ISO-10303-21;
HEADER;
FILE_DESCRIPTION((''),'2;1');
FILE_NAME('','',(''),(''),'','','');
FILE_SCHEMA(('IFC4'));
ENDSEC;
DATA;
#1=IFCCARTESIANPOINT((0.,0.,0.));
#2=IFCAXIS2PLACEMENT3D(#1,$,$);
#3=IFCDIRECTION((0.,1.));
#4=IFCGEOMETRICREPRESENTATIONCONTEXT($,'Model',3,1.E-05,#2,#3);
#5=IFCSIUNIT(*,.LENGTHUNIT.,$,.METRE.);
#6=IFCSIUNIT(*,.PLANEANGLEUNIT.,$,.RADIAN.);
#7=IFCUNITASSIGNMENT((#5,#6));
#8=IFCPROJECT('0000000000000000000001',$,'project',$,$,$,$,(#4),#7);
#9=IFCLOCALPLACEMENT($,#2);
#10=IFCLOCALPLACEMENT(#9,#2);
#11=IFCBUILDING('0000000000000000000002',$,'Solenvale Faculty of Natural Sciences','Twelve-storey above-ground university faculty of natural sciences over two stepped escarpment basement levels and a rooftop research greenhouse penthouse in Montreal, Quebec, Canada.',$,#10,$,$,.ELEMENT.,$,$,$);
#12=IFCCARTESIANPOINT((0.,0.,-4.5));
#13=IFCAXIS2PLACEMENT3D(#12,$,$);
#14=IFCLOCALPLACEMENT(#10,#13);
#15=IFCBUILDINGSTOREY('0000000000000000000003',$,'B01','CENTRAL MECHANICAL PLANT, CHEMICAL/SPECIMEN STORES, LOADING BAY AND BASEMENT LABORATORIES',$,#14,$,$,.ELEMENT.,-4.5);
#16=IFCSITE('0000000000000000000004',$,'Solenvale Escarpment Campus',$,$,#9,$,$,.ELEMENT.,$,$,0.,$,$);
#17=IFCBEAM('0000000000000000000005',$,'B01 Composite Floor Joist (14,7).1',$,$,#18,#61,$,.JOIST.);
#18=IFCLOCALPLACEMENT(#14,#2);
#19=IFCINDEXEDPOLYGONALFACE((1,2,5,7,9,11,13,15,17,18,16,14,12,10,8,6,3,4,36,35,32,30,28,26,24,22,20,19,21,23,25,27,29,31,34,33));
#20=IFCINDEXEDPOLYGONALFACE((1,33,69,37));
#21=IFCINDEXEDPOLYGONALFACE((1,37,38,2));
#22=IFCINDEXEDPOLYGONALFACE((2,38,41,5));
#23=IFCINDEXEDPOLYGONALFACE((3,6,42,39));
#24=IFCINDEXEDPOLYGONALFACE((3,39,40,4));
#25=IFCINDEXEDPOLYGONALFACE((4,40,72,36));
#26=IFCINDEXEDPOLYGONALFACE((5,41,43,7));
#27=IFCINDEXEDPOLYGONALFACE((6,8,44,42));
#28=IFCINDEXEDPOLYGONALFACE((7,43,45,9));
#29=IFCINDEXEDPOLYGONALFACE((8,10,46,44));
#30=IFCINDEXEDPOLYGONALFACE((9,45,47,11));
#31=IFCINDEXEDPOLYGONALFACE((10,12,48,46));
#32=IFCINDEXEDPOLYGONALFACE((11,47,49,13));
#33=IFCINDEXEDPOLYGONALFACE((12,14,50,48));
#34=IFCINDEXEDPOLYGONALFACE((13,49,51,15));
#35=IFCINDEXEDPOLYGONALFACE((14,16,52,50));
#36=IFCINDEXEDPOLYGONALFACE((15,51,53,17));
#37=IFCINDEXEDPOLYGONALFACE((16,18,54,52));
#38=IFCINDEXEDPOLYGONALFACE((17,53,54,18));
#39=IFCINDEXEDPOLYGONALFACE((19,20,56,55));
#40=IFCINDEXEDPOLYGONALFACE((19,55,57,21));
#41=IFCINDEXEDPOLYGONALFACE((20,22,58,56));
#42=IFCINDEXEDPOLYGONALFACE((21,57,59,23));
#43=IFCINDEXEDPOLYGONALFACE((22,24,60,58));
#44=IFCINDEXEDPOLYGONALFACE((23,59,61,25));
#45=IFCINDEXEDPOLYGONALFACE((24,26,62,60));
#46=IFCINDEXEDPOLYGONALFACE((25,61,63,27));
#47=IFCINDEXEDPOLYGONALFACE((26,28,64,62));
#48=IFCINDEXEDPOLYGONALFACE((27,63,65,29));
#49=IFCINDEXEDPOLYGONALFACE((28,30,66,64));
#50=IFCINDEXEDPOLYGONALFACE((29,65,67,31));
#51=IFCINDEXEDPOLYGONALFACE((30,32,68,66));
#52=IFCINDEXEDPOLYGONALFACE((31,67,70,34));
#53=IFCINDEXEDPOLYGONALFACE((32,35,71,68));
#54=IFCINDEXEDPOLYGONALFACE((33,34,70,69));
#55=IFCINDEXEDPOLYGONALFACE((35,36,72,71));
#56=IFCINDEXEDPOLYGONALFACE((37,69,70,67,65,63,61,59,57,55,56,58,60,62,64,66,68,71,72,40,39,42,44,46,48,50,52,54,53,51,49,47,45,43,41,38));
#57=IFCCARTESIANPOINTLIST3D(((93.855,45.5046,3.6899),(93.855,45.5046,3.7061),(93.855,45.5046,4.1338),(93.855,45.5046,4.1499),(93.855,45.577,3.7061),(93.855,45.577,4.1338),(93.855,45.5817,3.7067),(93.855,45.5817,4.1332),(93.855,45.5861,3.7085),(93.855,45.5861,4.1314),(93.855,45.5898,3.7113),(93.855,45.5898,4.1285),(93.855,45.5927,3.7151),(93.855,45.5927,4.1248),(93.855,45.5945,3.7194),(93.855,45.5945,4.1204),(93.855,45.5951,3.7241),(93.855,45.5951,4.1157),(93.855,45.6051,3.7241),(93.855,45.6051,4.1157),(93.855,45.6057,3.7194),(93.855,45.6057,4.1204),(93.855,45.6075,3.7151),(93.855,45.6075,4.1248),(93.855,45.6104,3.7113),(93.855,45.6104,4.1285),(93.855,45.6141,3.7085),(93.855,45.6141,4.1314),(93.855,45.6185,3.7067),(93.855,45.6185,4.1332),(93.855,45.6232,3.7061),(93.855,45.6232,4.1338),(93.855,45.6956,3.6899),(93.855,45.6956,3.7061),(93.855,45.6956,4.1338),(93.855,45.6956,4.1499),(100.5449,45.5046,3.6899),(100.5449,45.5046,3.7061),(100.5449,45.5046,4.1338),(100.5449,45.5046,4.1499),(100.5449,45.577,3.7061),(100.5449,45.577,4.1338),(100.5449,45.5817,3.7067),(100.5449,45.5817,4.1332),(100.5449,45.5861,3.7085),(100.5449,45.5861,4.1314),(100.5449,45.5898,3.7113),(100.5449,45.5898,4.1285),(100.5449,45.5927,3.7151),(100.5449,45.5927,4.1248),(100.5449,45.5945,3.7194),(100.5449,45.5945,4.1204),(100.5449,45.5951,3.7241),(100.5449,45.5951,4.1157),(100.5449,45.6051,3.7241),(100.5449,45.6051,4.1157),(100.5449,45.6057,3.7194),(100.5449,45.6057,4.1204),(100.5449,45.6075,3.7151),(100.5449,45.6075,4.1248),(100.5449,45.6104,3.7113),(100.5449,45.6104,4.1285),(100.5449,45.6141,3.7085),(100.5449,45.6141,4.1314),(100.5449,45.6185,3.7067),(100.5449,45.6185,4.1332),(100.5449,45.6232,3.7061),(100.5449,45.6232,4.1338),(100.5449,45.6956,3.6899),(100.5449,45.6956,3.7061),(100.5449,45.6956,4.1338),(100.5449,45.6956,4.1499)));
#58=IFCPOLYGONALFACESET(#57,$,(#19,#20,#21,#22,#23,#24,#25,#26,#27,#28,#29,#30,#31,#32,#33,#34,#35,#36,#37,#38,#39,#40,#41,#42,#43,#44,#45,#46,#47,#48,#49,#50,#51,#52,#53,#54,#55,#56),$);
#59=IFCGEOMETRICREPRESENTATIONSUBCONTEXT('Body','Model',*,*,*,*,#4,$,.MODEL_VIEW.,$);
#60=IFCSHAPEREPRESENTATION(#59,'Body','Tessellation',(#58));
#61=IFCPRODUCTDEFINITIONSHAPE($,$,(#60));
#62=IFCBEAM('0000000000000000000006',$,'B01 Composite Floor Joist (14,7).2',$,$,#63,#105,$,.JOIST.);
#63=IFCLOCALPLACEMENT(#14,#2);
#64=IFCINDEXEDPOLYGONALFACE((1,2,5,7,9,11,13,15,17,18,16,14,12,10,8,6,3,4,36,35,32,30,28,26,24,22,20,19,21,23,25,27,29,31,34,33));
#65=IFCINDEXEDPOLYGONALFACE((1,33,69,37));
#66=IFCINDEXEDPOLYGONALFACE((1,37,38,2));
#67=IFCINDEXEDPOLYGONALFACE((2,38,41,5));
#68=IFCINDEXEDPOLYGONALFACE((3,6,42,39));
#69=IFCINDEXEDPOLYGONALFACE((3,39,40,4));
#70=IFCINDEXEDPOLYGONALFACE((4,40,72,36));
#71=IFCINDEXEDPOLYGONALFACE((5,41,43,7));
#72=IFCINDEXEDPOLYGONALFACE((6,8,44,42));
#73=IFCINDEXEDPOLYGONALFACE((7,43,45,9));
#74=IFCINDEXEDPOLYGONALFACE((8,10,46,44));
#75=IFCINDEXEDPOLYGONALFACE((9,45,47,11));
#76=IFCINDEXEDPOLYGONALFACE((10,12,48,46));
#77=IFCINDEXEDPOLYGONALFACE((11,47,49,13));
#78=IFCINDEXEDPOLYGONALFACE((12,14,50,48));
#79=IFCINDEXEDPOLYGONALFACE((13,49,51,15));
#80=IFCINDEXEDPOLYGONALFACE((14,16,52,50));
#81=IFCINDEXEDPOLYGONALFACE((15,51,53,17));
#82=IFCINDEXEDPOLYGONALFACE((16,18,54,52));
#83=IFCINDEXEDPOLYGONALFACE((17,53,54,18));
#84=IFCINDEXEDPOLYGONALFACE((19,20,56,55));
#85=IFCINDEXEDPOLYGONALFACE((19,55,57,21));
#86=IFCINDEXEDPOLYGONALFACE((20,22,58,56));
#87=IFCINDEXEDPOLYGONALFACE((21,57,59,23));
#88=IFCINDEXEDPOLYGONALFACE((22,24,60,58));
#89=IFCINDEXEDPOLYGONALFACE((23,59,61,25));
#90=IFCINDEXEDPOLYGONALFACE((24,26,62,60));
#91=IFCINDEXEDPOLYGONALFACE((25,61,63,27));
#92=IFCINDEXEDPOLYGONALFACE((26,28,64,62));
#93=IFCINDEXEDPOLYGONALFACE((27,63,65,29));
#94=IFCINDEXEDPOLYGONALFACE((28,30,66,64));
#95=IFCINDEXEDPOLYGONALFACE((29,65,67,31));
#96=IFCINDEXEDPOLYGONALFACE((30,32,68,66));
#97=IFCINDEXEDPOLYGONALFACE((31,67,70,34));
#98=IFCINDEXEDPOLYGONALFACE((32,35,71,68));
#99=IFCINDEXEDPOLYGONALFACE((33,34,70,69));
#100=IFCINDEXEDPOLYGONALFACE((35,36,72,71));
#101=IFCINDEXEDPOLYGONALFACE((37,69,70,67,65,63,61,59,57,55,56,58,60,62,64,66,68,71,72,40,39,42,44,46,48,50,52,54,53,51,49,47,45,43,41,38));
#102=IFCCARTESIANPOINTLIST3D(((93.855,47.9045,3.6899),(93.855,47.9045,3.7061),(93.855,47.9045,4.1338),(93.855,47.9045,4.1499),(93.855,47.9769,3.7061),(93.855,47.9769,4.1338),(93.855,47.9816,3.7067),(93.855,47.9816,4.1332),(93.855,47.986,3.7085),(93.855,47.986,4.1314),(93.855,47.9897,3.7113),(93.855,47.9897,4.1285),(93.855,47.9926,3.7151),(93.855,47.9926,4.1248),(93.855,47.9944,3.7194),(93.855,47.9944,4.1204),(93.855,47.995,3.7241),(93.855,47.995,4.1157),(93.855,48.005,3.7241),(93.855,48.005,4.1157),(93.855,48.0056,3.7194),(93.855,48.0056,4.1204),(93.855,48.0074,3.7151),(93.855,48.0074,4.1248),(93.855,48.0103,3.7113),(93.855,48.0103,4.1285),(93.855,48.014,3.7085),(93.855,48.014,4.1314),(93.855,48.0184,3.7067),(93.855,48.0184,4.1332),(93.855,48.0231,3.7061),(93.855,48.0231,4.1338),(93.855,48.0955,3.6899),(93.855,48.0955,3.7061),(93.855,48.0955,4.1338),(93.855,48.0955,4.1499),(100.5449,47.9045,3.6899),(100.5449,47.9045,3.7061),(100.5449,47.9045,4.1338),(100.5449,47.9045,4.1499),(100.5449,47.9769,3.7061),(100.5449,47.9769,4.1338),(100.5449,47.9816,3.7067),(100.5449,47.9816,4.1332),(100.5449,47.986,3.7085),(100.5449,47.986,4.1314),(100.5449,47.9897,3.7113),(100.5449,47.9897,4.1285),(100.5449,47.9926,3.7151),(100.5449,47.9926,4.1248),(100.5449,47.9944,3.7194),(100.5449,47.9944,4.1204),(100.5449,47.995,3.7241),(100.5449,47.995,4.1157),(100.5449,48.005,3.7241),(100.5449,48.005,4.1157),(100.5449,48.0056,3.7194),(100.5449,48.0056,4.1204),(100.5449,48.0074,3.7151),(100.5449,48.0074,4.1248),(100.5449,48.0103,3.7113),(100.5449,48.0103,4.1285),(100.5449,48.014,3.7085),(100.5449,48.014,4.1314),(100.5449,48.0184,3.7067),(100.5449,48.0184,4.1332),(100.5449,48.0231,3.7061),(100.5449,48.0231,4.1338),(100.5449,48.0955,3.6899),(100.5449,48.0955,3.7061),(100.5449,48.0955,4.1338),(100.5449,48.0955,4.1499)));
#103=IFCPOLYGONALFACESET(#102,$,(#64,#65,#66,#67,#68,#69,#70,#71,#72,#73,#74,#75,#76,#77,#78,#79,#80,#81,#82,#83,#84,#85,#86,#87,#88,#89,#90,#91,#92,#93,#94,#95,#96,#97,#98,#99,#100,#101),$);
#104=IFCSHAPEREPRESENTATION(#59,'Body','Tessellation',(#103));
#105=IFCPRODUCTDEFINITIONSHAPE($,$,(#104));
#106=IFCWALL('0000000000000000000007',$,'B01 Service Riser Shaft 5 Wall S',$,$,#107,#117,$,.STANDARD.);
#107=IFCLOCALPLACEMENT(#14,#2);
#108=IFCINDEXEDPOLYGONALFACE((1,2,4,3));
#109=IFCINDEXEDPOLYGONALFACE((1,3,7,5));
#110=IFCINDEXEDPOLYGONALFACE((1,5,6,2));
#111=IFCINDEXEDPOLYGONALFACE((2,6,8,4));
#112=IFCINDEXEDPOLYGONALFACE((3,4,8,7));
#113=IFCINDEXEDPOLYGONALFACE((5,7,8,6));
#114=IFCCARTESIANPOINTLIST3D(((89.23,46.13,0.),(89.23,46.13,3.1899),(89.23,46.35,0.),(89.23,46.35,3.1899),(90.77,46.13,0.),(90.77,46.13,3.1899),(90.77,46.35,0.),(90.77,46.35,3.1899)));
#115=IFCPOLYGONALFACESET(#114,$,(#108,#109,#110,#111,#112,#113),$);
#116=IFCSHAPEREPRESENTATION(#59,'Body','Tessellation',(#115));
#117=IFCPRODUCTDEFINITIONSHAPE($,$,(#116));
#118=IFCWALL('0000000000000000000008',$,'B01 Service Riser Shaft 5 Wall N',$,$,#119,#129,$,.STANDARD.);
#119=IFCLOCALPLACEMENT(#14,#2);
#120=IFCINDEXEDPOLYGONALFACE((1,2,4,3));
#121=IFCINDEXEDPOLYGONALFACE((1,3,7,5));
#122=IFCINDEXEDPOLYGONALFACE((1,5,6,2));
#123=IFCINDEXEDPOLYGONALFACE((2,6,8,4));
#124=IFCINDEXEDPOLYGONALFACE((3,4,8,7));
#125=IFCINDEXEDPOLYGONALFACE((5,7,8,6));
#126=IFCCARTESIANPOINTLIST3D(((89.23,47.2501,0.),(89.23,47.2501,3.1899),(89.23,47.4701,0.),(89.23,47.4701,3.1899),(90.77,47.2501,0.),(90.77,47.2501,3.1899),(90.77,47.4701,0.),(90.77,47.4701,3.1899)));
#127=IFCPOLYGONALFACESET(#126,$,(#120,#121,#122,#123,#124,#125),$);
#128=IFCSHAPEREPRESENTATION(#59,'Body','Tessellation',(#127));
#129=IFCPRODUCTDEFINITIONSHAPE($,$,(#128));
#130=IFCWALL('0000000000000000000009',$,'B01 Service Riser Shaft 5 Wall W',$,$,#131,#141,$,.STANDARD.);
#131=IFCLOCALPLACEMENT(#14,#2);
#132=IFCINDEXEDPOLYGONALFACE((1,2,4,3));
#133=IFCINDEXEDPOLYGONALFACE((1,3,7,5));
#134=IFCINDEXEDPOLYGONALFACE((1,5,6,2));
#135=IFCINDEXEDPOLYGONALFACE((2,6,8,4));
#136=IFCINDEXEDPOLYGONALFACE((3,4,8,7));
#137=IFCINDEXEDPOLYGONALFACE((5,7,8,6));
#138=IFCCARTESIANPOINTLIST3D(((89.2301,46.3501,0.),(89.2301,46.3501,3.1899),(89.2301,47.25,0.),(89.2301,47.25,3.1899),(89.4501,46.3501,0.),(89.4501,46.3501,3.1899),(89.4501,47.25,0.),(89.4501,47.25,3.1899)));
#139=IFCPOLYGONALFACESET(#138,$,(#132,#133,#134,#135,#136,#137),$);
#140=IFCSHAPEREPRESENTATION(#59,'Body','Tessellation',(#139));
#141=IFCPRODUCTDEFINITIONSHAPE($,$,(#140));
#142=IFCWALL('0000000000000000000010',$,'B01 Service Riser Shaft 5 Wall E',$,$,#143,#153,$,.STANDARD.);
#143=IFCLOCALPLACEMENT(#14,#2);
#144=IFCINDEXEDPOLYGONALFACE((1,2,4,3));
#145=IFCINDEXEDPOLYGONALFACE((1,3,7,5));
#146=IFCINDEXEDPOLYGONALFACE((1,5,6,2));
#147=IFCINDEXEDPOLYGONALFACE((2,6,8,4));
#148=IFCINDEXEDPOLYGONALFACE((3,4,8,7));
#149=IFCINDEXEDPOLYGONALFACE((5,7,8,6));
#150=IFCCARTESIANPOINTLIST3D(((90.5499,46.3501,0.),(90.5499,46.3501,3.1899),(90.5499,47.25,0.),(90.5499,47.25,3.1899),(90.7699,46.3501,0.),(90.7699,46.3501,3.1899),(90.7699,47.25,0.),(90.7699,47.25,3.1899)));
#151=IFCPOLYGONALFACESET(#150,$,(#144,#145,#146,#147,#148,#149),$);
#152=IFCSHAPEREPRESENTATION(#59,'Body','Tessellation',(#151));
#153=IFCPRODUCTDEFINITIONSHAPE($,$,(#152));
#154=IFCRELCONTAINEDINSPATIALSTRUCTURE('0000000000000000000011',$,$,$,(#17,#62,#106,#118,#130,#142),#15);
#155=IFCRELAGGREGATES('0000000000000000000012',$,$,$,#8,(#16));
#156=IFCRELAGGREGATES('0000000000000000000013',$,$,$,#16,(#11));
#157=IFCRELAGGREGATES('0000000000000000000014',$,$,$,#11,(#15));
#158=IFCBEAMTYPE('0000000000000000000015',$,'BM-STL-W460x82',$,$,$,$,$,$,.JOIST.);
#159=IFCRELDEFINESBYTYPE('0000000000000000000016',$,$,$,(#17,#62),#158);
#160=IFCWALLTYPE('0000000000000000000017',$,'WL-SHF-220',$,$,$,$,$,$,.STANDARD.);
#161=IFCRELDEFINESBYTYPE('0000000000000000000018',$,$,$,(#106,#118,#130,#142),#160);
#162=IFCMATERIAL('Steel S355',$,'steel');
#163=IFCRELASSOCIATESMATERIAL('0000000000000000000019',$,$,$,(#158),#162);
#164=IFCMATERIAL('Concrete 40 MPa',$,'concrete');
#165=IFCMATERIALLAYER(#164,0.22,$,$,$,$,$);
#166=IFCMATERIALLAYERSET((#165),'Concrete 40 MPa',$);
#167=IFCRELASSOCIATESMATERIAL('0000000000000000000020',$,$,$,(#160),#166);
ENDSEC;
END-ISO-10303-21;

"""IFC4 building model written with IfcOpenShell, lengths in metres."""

from ifc_helpers import new_model, si_unit, direction, frame, frame_2d, origin, origin_2d, place, context, subcontext, project, spatial, rectangle, i_section, extrude, material, layer, layer_set, material_profile, profile_set, type_object, element, save


model = new_model("IFC4")

# Units and contexts
model_context = context("Model", 3, precision=1e-05, world=origin(), true_north=direction((0.0, 1.0)))
body_context = subcontext(model_context, "Body", "Model", "MODEL_VIEW")
ifc_project = project(units=[si_unit("LENGTHUNIT", "METRE"), si_unit("PLANEANGLEUNIT", "RADIAN")], contexts=[model_context])

# Site, building, storey
site_placement = place(None, origin())
site = spatial("IfcSite", under=ifc_project, at=site_placement, Name="Solenvale Escarpment Campus", CompositionType="ELEMENT", RefElevation=0.0)
building_placement = place(site_placement, origin())
building = spatial("IfcBuilding", under=site, at=building_placement, Name="Solenvale Faculty of Natural Sciences", Description="Twelve-storey above-ground university faculty of natural sciences over two stepped escarpment basement levels and a rooftop research greenhouse penthouse in Montreal, Quebec, Canada.", CompositionType="ELEMENT")
storey_placement = place(building_placement, frame((0.0, 0.0, -4.5)))
storey = spatial("IfcBuildingStorey", under=building, at=storey_placement, Name="B01", Description="CENTRAL MECHANICAL PLANT, CHEMICAL/SPECIMEN STORES, LOADING BAY AND BASEMENT LABORATORIES", CompositionType="ELEMENT", Elevation=-4.5)

# Shared definitions
ifc_material_1 = material(Name="Concrete 40 MPa", Category="concrete")

# Beams
ifc_material_2 = material(Name="Steel S355", Category="steel")
ifc_material_profile_1 = material_profile(ifc_material_2, i_section(OverallWidth=0.1909, OverallDepth=0.46, WebThickness=0.01, FlangeThickness=0.0161, FilletRadius=0.0181, at=origin_2d()), Name="W460x82")
ifc_profile_set_1 = profile_set([ifc_material_profile_1], Name="Steel S355")
beam_type_1 = type_object("IfcBeamType", Name="BM-STL-W460x82", PredefinedType="JOIST", material=ifc_profile_set_1)
for number, where, z_axis, x_axis, name in (
    (1, (93.855, 45.6001, 3.9199), (1.0, 0.0, 0.0), (0.0, 1.0, 0.0), "B01 Composite Floor Joist (14,7).1"),
    (2, (93.855, 48.0, 3.9199), (1.0, 0.0, 0.0), (0.0, 1.0, 0.0), "B01 Composite Floor Joist (14,7).2"),
):
    element("IfcBeam", number, at=place(storey_placement, frame(where, z_axis=z_axis, x_axis=x_axis)), inside=storey, type_object=beam_type_1, Name=name, PredefinedType="JOIST", context=body_context, shape_type="SweptSolid", body=[
        extrude(i_section(OverallWidth=0.1909, OverallDepth=0.46, WebThickness=0.01, FlangeThickness=0.0161, FilletRadius=0.0181, at=origin_2d()), origin(), (0.0, 0.0, 1.0), 6.6899),
    ])

# Walls
ifc_layer = layer(ifc_material_1, 0.22)
ifc_layer_set = layer_set([ifc_layer], Name="Concrete 40 MPa")
wall_type = type_object("IfcWallType", Name="WL-SHF-220", PredefinedType="STANDARD", material=ifc_layer_set)
for number, where, z_axis, x_axis, name in (
    (3, (89.23, 46.24, 0.0), (0.0, 0.0, 1.0), (1.0, 0.0, 0.0), "B01 Service Riser Shaft 5 Wall S"),
    (4, (89.23, 47.3601, 0.0), (0.0, 0.0, 1.0), (1.0, 0.0, 0.0), "B01 Service Riser Shaft 5 Wall N"),
):
    element("IfcWall", number, at=place(storey_placement, frame(where, z_axis=z_axis, x_axis=x_axis)), inside=storey, type_object=wall_type, Name=name, PredefinedType="STANDARD", context=body_context, shape_type="SweptSolid", body=[
        extrude(rectangle(XDim=1.54, YDim=0.22, at=frame_2d((0.77, 0.0))), origin(), (0.0, 0.0, 1.0), 3.1899),
    ])
for number, where, z_axis, x_axis, name in (
    (5, (89.3401, 46.3501, 0.0), (0.0, 0.0, 1.0), (0.0, 1.0, 0.0), "B01 Service Riser Shaft 5 Wall W"),
    (6, (90.6599, 46.3501, 0.0), (0.0, 0.0, 1.0), (0.0, 1.0, 0.0), "B01 Service Riser Shaft 5 Wall E"),
):
    element("IfcWall", number, at=place(storey_placement, frame(where, z_axis=z_axis, x_axis=x_axis)), inside=storey, type_object=wall_type, Name=name, PredefinedType="STANDARD", context=body_context, shape_type="SweptSolid", body=[
        extrude(rectangle(XDim=0.8999, YDim=0.22, at=frame_2d((0.45, 0.0))), origin(), (0.0, 0.0, 1.0), 3.1899),
    ])

save(model, "model.ifc")
